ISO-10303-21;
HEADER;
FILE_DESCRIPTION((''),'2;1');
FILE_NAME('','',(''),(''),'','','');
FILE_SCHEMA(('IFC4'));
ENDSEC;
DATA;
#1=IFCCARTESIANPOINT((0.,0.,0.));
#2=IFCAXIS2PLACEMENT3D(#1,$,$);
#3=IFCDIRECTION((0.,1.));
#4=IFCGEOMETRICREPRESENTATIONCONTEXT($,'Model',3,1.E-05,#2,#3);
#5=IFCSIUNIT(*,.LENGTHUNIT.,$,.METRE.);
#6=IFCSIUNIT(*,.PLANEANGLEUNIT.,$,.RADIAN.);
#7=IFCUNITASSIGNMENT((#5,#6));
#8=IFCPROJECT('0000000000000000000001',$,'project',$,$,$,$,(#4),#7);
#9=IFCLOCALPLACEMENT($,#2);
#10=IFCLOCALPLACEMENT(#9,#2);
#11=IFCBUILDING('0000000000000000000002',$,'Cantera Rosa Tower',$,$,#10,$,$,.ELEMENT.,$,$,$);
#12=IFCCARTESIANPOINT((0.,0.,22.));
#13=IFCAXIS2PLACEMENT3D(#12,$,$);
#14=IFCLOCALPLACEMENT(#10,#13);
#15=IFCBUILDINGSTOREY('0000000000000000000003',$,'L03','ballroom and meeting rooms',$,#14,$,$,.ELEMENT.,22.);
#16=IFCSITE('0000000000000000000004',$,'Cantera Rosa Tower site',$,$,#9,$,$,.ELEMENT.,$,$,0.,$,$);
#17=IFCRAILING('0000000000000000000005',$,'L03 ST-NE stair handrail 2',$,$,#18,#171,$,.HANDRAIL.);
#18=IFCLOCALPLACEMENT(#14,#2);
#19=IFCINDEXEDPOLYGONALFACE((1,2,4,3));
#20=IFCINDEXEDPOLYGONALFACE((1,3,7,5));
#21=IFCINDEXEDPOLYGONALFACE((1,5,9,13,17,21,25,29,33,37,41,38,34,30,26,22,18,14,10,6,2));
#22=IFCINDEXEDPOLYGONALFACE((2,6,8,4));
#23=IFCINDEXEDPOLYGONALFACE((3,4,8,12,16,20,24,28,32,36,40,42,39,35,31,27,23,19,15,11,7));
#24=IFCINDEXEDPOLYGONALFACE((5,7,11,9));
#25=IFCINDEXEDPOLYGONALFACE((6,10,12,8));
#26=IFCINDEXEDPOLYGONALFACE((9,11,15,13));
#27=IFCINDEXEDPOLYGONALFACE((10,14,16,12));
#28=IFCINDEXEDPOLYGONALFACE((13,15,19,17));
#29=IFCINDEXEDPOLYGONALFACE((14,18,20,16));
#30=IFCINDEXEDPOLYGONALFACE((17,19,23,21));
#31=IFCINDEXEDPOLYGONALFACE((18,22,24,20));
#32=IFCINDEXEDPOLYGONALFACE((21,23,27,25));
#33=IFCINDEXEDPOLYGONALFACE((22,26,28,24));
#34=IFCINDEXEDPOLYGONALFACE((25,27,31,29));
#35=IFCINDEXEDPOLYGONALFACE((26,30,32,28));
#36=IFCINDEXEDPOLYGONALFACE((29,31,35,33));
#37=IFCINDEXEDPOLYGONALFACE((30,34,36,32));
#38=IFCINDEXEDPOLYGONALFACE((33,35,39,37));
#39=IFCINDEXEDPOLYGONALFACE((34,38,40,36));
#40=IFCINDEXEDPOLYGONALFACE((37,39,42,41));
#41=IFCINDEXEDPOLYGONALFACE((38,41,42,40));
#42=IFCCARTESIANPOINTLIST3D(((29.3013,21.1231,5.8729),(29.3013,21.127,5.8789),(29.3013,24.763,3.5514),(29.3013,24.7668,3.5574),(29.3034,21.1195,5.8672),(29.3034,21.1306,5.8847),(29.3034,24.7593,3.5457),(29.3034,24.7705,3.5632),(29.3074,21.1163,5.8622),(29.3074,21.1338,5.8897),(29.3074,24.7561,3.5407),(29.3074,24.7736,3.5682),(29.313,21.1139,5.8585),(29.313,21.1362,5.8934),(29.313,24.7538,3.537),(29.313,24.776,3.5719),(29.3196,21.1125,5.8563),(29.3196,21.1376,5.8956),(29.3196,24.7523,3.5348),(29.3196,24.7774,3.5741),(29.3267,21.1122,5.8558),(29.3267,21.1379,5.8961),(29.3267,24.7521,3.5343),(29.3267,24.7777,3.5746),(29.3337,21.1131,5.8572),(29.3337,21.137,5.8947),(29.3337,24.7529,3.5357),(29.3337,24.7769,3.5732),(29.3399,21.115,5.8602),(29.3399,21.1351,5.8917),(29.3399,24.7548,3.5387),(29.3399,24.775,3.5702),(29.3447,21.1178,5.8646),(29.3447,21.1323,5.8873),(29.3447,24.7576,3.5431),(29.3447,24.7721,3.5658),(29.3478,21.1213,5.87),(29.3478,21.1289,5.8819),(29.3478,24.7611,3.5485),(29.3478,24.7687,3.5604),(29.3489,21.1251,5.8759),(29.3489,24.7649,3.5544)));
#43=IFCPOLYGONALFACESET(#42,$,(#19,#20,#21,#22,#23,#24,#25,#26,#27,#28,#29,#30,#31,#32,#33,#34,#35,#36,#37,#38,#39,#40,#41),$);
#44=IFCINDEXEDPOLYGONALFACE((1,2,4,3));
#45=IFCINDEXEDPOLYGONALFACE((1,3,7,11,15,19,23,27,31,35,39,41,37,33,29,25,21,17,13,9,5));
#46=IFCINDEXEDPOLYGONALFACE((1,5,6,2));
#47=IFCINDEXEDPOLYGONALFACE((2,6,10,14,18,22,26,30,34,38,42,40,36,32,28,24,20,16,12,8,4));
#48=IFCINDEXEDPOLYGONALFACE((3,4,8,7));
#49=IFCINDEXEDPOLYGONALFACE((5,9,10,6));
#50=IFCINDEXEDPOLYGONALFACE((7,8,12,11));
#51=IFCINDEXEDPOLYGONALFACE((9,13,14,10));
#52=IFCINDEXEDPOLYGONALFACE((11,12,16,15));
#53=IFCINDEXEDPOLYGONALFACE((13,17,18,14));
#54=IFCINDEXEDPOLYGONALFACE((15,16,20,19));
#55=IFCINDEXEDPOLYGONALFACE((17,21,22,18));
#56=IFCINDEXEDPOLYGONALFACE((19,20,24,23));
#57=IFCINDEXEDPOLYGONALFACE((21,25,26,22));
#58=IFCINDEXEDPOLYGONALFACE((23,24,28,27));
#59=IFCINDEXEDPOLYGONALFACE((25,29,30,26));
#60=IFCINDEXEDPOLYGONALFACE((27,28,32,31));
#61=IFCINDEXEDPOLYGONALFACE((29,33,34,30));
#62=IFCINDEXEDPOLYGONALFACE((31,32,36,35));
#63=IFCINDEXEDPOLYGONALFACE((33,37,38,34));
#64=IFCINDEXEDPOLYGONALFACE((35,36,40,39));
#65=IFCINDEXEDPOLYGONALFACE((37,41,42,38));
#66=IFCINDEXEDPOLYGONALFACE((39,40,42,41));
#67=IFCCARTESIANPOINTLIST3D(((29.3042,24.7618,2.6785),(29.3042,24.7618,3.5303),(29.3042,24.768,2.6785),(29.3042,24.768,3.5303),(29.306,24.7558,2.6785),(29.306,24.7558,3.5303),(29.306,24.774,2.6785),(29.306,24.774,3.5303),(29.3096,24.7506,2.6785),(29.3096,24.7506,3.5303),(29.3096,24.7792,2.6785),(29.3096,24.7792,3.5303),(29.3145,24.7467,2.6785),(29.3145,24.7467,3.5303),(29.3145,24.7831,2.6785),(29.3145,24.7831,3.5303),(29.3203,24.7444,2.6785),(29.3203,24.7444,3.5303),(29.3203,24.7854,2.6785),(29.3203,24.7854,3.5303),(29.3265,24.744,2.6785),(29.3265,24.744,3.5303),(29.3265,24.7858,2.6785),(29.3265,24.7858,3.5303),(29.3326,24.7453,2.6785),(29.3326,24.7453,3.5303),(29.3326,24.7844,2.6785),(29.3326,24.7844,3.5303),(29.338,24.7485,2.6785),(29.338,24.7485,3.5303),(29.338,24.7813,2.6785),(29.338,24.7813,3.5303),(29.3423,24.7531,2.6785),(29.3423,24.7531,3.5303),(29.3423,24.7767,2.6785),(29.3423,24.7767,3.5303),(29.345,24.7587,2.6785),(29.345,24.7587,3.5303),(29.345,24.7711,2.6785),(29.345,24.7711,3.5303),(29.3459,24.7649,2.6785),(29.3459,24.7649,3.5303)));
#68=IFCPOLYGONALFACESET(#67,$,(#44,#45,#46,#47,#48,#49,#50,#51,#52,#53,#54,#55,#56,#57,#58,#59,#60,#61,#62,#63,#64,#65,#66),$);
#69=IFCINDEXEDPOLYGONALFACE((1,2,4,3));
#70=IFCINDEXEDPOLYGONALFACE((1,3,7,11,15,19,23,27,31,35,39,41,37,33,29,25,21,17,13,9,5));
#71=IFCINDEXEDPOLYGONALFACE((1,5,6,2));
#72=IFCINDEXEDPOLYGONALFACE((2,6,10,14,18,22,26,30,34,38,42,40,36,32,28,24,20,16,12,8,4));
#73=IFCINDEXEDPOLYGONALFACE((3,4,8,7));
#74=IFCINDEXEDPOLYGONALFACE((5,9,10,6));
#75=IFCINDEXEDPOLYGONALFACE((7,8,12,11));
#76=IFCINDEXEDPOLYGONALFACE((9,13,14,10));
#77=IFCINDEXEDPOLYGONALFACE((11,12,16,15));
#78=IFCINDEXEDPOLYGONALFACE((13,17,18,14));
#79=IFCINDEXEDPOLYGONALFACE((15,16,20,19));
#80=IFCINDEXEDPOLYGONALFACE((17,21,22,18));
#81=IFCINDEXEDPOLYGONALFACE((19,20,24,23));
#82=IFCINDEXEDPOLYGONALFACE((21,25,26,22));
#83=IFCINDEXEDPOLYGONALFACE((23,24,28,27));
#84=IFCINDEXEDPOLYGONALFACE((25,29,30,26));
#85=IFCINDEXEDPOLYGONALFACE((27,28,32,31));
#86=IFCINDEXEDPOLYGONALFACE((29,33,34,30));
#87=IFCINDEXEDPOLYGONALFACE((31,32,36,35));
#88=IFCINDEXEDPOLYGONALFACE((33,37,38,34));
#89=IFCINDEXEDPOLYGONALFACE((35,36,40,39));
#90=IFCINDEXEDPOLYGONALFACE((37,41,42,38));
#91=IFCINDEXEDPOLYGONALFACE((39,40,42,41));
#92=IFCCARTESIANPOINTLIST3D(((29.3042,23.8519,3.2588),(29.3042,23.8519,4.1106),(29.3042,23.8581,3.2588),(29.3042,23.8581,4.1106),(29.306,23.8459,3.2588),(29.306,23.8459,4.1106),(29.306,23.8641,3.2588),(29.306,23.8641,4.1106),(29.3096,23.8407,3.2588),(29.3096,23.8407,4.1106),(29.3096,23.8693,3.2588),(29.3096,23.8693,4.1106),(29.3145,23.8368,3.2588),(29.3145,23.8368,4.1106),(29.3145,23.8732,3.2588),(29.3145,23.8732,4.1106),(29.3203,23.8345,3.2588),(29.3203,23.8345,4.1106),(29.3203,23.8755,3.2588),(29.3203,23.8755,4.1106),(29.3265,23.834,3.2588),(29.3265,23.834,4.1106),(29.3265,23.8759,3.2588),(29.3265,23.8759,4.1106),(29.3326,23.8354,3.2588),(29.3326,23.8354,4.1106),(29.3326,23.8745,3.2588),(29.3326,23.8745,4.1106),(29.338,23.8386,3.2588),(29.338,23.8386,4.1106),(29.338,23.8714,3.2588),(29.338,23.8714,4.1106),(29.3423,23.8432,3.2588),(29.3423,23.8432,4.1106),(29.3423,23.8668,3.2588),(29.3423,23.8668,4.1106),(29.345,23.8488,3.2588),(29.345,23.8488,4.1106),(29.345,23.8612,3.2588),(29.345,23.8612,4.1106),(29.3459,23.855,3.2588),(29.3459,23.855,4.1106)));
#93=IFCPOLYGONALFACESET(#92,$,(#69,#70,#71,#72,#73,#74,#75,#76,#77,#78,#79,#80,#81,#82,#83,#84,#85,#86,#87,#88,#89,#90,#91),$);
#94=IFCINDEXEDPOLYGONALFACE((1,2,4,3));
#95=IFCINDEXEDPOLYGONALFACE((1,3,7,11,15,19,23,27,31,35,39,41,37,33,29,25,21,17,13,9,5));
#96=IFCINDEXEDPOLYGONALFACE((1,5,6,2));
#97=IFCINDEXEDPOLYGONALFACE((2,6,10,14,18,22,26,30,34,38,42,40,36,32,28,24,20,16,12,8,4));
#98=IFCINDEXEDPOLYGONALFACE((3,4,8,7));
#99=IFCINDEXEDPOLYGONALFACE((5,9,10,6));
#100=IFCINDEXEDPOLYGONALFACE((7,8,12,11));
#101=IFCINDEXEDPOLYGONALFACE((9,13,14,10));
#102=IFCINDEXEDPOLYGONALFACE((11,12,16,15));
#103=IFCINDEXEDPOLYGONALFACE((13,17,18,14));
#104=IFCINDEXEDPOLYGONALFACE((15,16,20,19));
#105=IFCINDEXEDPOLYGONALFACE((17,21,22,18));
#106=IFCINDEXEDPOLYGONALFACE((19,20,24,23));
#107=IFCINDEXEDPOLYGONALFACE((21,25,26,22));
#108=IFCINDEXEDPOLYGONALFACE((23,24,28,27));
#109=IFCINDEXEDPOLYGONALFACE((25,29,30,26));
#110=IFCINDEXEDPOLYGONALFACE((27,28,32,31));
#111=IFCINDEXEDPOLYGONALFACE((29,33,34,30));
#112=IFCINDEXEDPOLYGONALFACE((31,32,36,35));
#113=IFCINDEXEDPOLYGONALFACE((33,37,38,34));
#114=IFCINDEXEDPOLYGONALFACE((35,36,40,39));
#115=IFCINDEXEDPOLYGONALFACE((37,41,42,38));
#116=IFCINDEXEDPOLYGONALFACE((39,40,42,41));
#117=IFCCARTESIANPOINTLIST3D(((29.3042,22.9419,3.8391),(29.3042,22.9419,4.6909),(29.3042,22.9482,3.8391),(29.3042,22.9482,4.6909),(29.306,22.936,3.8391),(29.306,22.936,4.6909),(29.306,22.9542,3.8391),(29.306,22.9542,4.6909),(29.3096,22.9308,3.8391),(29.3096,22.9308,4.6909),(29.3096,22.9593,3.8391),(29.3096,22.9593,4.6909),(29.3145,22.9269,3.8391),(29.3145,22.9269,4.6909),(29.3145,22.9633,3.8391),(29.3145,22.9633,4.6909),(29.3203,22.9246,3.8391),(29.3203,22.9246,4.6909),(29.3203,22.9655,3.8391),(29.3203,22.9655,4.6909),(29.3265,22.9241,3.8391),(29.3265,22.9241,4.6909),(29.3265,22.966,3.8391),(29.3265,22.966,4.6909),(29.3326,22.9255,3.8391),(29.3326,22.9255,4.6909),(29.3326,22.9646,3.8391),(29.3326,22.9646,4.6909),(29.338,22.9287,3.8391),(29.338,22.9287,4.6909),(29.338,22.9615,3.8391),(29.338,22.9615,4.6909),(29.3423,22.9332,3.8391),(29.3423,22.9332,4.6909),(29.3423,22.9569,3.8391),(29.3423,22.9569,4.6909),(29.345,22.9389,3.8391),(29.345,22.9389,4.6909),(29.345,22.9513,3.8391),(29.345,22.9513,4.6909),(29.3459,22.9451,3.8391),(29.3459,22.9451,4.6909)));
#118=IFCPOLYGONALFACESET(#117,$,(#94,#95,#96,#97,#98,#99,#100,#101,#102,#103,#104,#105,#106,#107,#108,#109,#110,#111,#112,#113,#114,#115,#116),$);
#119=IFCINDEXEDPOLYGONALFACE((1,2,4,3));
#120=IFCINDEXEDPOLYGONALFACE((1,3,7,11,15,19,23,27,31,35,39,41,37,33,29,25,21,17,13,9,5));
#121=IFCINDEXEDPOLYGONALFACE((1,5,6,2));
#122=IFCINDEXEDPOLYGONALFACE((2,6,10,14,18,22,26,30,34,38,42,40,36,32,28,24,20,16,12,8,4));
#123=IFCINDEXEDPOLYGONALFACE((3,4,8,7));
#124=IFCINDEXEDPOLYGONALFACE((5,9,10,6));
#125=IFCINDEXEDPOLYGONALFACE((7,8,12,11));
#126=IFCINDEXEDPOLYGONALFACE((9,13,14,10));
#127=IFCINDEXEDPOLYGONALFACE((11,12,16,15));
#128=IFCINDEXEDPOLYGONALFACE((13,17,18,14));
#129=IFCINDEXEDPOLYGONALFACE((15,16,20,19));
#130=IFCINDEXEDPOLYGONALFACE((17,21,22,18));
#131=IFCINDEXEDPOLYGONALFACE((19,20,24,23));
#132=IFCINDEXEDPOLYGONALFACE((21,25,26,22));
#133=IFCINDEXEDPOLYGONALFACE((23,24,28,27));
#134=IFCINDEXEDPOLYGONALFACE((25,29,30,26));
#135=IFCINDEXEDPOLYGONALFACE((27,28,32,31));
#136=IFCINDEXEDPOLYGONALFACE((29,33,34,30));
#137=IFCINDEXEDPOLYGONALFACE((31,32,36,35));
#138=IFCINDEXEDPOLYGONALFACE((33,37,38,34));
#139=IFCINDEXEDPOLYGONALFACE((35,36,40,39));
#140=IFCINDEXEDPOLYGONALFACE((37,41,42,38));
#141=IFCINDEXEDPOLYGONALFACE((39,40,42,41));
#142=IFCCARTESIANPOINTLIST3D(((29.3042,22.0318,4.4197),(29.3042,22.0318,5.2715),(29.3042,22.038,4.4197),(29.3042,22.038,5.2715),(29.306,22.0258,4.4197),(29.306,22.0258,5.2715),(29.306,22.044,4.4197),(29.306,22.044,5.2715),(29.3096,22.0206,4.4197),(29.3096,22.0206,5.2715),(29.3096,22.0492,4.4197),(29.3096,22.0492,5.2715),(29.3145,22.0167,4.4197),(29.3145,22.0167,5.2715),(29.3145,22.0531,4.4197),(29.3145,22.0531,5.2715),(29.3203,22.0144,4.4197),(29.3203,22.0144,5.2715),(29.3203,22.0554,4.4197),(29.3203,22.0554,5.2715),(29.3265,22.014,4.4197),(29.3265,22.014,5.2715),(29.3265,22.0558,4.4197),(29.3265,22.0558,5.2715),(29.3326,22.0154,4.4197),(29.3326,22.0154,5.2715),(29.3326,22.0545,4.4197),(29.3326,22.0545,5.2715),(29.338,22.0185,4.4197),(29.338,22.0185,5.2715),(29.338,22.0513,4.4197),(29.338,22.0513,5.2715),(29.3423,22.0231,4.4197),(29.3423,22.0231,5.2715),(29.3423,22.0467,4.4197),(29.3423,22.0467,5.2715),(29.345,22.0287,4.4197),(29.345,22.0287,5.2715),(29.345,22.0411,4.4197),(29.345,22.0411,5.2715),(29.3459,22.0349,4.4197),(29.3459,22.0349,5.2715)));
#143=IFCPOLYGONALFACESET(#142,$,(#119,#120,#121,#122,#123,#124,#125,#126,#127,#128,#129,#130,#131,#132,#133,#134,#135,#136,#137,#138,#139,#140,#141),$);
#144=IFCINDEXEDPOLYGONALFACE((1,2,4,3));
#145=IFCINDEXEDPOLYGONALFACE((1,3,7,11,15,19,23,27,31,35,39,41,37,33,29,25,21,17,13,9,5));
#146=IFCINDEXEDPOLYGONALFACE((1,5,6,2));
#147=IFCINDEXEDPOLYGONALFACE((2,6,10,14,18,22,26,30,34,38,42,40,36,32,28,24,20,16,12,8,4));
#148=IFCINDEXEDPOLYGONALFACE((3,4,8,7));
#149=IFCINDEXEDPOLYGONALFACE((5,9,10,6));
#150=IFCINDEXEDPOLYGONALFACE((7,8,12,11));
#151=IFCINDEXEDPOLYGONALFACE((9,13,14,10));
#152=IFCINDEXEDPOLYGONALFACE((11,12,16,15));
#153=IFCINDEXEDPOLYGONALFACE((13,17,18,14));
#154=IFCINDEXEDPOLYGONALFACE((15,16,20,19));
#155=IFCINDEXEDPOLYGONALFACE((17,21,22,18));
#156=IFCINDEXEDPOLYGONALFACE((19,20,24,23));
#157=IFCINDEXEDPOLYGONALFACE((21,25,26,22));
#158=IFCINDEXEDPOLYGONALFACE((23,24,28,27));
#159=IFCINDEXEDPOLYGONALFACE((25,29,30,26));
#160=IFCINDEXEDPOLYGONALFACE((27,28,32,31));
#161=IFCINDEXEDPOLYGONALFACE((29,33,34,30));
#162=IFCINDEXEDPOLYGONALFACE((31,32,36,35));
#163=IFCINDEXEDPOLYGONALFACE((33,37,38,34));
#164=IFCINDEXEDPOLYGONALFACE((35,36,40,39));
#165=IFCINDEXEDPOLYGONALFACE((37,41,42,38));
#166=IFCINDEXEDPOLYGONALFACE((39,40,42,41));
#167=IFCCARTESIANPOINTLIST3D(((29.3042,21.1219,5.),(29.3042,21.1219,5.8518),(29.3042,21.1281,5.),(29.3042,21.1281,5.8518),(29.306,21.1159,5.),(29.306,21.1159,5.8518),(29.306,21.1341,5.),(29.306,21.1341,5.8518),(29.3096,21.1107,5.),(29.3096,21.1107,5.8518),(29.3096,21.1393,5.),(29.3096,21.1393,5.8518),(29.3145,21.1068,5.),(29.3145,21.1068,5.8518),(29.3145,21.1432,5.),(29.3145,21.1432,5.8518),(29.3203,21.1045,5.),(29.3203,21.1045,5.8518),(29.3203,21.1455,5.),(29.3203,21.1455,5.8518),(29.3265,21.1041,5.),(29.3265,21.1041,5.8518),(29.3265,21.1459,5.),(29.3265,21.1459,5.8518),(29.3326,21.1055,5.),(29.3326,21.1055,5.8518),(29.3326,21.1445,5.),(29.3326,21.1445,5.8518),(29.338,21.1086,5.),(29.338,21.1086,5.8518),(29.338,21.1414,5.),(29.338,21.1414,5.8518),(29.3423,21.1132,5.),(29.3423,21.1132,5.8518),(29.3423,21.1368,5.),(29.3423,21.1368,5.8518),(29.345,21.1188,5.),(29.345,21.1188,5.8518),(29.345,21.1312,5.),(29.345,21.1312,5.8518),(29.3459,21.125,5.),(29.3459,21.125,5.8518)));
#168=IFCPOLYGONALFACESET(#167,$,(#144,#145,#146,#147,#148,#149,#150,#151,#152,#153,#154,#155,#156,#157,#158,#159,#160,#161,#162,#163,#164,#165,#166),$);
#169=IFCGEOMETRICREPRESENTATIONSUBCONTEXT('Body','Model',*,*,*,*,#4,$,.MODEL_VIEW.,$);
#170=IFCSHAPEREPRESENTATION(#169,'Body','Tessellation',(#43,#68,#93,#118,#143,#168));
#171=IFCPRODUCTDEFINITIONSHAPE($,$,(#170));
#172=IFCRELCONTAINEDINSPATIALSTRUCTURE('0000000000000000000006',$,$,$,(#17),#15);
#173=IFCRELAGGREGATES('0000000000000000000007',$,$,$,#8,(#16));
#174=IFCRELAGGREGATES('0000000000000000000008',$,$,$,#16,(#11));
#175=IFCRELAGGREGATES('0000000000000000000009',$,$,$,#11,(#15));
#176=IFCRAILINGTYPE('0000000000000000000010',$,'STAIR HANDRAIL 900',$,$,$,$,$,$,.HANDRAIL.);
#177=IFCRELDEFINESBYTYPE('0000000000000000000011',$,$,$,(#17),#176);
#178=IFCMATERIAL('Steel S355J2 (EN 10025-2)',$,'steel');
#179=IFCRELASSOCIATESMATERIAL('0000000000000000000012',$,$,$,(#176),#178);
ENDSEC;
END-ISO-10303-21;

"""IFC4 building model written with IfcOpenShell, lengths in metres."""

from ifc_helpers import new_model, si_unit, direction, frame, origin, origin_2d, place, context, subcontext, project, spatial, circle, extrude, material, type_object, element, save


model = new_model("IFC4")

# Units and contexts
model_context = context("Model", 3, precision=1e-05, world=origin(), true_north=direction((0.0, 1.0)))
body_context = subcontext(model_context, "Body", "Model", "MODEL_VIEW")
ifc_project = project(units=[si_unit("LENGTHUNIT", "METRE"), si_unit("PLANEANGLEUNIT", "RADIAN")], contexts=[model_context])

# Site, building, storey
site_placement = place(None, origin())
site = spatial("IfcSite", under=ifc_project, at=site_placement, Name="Cantera Rosa Tower site", CompositionType="ELEMENT", RefElevation=0.0)
building_placement = place(site_placement, origin())
building = spatial("IfcBuilding", under=site, at=building_placement, Name="Cantera Rosa Tower", CompositionType="ELEMENT")
storey_placement = place(building_placement, frame((0.0, 0.0, 22.0)))
storey = spatial("IfcBuildingStorey", under=building, at=storey_placement, Name="L03", Description="ballroom and meeting rooms", CompositionType="ELEMENT", Elevation=22.0)

# Railing
ifc_material_1 = material(Name="Steel S355J2 (EN 10025-2)", Category="steel")
railing_type_1 = type_object("IfcRailingType", Name="STAIR HANDRAIL 900", PredefinedType="HANDRAIL", material=ifc_material_1)
railing_1_placement = place(storey_placement, frame((29.325, 24.7649, 2.6785)))
element("IfcRailing", 1, at=railing_1_placement, inside=storey, type_object=railing_type_1, Name="L03 ST-NE stair handrail 2", PredefinedType="HANDRAIL", context=body_context, shape_type="SweptSolid", body=[
    extrude(circle(Radius=0.0239, at=origin_2d()), frame((0.0, 0.0, 0.876), z_axis=(0.0, -0.843112, 0.537739), x_axis=(1.0, 0.0, 0.0)), (0.0, 0.0, 1.0), 4.3171),
    extrude(circle(Radius=0.021, at=origin_2d()), origin(), (0.0, 0.0, 1.0), 0.8518),
    extrude(circle(Radius=0.021, at=origin_2d()), frame((0.0, -0.9099, 0.5803)), (0.0, 0.0, 1.0), 0.8518),
    extrude(circle(Radius=0.021, at=origin_2d()), frame((0.0, -1.8198, 1.1606)), (0.0, 0.0, 1.0), 0.8518),
    extrude(circle(Radius=0.021, at=origin_2d()), frame((0.0, -2.73, 1.7412)), (0.0, 0.0, 1.0), 0.8518),
    extrude(circle(Radius=0.021, at=origin_2d()), frame((0.0, -3.6399, 2.3215)), (0.0, 0.0, 1.0), 0.8518),
])

save(model, "model.ifc")
